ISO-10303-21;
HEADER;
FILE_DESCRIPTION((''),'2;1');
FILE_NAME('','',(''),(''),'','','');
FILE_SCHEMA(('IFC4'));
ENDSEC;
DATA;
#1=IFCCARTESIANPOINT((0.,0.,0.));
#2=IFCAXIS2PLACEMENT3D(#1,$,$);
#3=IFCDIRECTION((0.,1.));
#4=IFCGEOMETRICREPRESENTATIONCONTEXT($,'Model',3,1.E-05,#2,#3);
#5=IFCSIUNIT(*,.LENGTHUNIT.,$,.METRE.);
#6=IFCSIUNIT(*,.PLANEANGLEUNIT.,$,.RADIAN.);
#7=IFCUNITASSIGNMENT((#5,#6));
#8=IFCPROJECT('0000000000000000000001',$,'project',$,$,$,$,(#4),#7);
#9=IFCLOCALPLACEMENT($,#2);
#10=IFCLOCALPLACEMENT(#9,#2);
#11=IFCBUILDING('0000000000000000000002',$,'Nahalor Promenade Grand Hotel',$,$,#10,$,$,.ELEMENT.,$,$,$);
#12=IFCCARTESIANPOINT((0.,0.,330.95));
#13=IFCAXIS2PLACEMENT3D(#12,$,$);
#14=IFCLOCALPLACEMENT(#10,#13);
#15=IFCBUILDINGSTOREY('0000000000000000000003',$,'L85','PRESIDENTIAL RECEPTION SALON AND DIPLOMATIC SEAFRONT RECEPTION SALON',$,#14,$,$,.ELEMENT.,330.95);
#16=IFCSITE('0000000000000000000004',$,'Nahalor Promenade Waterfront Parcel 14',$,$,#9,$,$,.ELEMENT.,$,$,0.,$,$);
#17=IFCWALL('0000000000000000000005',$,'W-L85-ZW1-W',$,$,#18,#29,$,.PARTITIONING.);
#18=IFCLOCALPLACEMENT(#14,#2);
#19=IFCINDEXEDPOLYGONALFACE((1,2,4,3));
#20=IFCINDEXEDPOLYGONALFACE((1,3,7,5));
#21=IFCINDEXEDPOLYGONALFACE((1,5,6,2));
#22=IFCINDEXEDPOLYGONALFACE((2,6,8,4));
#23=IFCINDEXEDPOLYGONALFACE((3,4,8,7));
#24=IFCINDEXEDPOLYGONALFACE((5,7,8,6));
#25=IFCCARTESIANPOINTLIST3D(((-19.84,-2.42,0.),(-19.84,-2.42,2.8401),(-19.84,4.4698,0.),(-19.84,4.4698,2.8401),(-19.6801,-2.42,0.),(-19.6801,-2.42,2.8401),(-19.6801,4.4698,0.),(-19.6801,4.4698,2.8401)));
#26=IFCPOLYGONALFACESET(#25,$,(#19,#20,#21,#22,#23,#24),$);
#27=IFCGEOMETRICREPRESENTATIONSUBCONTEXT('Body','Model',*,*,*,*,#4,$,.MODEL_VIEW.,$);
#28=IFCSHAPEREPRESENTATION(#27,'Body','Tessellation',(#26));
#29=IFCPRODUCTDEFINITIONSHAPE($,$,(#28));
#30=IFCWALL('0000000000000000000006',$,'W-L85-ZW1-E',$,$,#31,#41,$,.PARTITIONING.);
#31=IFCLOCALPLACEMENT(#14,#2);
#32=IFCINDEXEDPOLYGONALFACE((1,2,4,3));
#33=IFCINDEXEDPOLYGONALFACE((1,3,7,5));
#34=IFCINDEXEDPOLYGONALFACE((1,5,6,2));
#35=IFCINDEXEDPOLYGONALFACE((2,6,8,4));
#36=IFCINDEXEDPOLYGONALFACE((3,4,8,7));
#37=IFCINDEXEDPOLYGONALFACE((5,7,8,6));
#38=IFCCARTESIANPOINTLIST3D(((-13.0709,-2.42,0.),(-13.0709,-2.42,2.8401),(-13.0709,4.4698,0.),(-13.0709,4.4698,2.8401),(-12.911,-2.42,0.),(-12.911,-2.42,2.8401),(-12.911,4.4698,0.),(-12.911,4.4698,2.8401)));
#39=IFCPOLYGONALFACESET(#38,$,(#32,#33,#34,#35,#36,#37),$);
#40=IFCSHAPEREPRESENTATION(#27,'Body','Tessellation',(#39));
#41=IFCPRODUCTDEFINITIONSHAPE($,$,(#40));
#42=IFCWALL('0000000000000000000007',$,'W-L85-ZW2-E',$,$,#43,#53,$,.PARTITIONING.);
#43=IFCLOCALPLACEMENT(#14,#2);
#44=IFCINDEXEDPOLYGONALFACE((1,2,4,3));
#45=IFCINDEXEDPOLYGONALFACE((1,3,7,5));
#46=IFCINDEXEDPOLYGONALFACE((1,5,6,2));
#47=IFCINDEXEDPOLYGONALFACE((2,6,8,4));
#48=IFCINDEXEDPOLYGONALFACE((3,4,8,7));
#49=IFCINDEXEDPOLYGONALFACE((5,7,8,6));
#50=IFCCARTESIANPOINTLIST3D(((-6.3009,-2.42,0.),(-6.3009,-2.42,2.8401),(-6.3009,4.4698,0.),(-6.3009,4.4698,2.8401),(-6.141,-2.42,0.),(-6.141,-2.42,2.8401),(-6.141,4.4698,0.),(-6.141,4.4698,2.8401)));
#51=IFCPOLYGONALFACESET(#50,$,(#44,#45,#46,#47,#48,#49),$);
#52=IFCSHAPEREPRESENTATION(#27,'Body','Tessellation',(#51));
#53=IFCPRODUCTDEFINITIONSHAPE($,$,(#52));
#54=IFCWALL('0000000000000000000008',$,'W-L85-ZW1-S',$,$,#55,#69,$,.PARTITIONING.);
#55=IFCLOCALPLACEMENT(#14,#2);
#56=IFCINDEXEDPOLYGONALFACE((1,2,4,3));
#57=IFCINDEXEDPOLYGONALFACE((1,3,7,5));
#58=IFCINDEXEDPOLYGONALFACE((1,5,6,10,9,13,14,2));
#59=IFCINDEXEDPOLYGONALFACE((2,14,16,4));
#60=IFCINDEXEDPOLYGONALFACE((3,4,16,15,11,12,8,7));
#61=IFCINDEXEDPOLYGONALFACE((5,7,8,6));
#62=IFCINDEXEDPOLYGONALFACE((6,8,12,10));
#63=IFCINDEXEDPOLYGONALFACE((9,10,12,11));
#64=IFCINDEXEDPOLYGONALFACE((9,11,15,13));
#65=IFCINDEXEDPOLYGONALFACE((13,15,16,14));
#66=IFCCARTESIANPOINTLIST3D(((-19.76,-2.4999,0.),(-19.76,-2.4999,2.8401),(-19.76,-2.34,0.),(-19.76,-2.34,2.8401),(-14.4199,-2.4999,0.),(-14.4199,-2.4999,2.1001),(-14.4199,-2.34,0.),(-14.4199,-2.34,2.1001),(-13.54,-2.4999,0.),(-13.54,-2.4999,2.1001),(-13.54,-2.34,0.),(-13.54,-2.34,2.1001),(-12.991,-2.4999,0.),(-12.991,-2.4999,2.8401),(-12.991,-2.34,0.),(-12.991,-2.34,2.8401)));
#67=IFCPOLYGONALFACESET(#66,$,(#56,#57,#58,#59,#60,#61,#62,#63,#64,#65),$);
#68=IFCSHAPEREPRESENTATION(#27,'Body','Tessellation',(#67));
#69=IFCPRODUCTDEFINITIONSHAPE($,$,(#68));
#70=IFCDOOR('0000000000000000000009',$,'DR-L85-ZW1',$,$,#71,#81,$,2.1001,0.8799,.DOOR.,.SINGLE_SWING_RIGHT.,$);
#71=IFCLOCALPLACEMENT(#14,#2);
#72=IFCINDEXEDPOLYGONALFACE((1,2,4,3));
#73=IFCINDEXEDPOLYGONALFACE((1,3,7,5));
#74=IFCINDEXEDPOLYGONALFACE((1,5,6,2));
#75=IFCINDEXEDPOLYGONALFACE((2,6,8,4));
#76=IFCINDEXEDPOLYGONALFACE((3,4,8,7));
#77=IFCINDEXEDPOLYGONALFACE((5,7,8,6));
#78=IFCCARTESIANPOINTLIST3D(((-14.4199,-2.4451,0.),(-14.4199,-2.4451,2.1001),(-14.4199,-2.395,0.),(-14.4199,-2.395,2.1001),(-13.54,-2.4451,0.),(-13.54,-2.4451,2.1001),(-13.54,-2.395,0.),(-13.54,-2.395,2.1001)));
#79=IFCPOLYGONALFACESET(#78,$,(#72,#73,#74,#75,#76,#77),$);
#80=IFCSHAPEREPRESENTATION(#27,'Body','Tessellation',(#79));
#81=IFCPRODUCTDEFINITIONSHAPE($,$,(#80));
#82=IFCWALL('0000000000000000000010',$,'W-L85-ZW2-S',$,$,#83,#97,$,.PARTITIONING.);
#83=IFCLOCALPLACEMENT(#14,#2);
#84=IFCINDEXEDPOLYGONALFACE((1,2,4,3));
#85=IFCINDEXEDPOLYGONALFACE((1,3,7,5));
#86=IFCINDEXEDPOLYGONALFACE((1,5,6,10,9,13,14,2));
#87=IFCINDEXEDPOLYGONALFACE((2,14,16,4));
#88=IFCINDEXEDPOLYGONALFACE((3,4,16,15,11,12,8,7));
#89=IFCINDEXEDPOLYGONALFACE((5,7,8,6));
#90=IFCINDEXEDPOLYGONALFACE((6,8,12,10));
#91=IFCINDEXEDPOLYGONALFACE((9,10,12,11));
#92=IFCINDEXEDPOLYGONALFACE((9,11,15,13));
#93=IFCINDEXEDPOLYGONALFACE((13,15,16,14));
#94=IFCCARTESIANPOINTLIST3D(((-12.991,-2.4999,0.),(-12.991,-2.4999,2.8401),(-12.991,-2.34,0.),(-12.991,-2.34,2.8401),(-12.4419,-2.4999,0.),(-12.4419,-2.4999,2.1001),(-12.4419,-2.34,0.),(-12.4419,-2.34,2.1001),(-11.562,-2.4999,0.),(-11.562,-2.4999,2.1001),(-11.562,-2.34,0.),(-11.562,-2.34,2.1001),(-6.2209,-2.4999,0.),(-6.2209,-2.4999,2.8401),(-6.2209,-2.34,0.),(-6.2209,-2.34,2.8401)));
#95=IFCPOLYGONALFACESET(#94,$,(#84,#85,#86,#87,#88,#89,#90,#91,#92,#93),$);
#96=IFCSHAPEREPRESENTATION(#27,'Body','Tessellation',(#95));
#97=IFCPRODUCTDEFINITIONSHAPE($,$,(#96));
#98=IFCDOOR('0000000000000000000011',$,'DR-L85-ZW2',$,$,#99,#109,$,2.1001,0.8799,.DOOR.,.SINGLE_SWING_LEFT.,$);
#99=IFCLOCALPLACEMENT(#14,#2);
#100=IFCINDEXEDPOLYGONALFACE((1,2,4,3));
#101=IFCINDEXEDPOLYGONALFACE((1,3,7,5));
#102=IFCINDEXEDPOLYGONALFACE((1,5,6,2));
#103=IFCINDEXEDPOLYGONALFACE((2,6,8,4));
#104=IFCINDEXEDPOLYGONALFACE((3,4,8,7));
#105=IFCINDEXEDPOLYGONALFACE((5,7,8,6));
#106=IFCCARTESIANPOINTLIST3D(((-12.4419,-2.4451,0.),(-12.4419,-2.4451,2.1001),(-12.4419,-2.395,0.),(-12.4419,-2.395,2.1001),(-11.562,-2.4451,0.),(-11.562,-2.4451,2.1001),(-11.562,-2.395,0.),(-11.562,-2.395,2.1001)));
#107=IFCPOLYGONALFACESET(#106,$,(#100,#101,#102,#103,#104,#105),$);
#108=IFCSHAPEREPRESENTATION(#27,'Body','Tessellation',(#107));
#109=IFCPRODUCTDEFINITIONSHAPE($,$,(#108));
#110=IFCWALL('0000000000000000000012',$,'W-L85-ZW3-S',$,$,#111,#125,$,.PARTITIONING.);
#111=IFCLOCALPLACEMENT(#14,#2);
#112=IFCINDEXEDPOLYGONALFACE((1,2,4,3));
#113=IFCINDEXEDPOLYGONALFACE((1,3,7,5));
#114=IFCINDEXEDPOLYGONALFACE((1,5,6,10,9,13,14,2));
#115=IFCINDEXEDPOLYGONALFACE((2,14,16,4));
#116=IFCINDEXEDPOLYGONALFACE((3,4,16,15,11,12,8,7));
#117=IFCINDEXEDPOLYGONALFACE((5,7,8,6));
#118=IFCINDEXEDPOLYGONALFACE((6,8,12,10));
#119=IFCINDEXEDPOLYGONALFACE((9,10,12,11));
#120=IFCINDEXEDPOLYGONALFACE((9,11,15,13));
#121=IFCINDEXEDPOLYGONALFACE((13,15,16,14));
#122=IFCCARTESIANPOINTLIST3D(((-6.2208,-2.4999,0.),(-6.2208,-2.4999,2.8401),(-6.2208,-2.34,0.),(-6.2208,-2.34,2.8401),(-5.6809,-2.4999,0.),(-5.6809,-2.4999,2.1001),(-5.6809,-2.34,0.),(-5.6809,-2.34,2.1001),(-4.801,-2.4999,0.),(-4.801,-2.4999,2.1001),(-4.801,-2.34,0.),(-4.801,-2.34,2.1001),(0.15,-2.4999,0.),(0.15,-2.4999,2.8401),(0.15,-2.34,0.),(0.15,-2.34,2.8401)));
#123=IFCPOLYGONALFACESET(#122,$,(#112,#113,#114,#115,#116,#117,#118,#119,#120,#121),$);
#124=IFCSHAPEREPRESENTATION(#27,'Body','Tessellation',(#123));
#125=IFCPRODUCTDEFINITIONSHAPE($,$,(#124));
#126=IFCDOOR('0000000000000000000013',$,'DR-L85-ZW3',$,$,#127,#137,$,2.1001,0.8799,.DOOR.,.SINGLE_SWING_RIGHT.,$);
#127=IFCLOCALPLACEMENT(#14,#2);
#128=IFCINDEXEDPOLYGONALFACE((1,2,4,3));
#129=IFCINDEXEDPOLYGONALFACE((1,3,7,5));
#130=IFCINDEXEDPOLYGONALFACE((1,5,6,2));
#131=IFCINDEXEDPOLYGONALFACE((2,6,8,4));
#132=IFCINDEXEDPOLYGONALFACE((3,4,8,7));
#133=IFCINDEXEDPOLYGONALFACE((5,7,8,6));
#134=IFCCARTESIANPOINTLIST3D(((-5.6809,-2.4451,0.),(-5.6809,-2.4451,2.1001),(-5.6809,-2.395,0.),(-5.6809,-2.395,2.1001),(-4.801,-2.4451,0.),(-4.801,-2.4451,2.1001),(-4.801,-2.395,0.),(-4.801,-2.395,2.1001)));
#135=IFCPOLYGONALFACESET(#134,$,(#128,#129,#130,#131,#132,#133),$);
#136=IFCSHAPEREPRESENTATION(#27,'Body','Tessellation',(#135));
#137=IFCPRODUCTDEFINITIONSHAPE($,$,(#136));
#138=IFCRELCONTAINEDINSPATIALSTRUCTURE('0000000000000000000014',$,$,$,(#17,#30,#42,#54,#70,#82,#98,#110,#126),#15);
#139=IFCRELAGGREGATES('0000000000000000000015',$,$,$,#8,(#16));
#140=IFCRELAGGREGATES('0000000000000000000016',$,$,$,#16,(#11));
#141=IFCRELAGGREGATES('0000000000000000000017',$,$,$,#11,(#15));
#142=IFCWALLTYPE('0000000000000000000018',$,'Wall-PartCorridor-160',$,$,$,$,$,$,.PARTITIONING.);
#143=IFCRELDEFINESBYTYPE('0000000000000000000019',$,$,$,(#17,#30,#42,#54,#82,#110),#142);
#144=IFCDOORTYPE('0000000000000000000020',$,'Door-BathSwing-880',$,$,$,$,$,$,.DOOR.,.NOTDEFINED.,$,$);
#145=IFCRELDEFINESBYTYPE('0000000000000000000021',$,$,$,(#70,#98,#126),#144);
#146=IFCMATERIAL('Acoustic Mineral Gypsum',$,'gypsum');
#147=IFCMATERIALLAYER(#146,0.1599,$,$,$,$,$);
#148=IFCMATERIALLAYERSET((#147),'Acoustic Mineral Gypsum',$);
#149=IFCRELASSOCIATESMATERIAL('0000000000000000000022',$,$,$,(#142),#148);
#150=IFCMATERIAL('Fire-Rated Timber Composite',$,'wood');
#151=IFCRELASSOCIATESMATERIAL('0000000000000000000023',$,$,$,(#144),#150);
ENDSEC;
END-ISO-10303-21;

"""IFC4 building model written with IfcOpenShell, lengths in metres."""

from ifc_helpers import new_model, si_unit, direction, frame, frame_2d, origin, place, context, subcontext, project, spatial, rectangle, extrude, source, transform, mapped, material, layer, layer_set, type_object, element, fill, save


model = new_model("IFC4")

# Units and contexts
model_context = context("Model", 3, precision=1e-05, world=origin(), true_north=direction((0.0, 1.0)))
body_context = subcontext(model_context, "Body", "Model", "MODEL_VIEW")
ifc_project = project(units=[si_unit("LENGTHUNIT", "METRE"), si_unit("PLANEANGLEUNIT", "RADIAN")], contexts=[model_context])

# Site, building, storey
site_placement = place(None, origin())
site = spatial("IfcSite", under=ifc_project, at=site_placement, Name="Nahalor Promenade Waterfront Parcel 14", CompositionType="ELEMENT", RefElevation=0.0)
building_placement = place(site_placement, origin())
building = spatial("IfcBuilding", under=site, at=building_placement, Name="Nahalor Promenade Grand Hotel", CompositionType="ELEMENT")
storey_placement = place(building_placement, frame((0.0, 0.0, 330.95)))
storey = spatial("IfcBuildingStorey", under=building, at=storey_placement, Name="L85", Description="PRESIDENTIAL RECEPTION SALON AND DIPLOMATIC SEAFRONT RECEPTION SALON", CompositionType="ELEMENT", Elevation=330.95)

# Shared definitions
ifc_material_1 = material(Name="Acoustic Mineral Gypsum", Category="gypsum")
ifc_layer_1 = layer(ifc_material_1, 0.1599)
ifc_layer_set_1 = layer_set([ifc_layer_1], Name="Acoustic Mineral Gypsum")
wall_type_1 = type_object("IfcWallType", Name="Wall-PartCorridor-160", PredefinedType="PARTITIONING", material=ifc_layer_set_1)
ifc_material_2 = material(Name="Fire-Rated Timber Composite", Category="wood")

# Walls
shared_shape_1 = source(origin(), body_context, "Body", "SweptSolid", [
    extrude(rectangle(XDim=6.8899, YDim=0.1599, at=frame_2d((3.4448, 0.0))), origin(), (0.0, 0.0, 1.0), 2.8401),
])
for number, where, z_axis, x_axis, name in (
    (1, (-19.76, -2.4199, 0.0), (0.0, 0.0, 1.0), (0.0, 1.0, 0.0), "W-L85-ZW1-W"),
    (2, (-12.991, -2.4199, 0.0), (0.0, 0.0, 1.0), (0.0, 1.0, 0.0), "W-L85-ZW1-E"),
    (3, (-6.2209, -2.4199, 0.0), (0.0, 0.0, 1.0), (0.0, 1.0, 0.0), "W-L85-ZW2-E"),
):
    element("IfcWall", number, at=place(storey_placement, frame(where, z_axis=z_axis, x_axis=x_axis)), inside=storey, type_object=wall_type_1, Name=name, PredefinedType="PARTITIONING", context=body_context, shape_type="MappedRepresentation", body=[
        mapped(shared_shape_1, transform((0.0, 0.0, 0.0), scale=1.0)),
    ])

# Walls, openings, doors
shared_shape_2 = source(origin(), body_context, "Body", "SweptSolid", [
    extrude(rectangle(XDim=6.769, YDim=0.1599, at=frame_2d((3.3845, 0.0))), origin(), (0.0, 0.0, 1.0), 2.8401),
])
wall_1_placement = place(storey_placement, frame((-19.76, -2.4199, 0.0), z_axis=(0.0, 0.0, 1.0), x_axis=(1.0, 0.0, 0.0)))
wall_1 = element("IfcWall", 4, at=wall_1_placement, inside=storey, type_object=wall_type_1, Name="W-L85-ZW1-S", PredefinedType="PARTITIONING", context=body_context, shape_type="MappedRepresentation", body=[
    mapped(shared_shape_2, transform((0.0, 0.0, 0.0), scale=1.0)),
])
opening_1_placement = place(wall_1_placement, frame((5.3401, 0.0, 0.0)))
opening_1 = element("IfcOpeningElement", 5, at=opening_1_placement, cuts=wall_1, PredefinedType="OPENING", context=body_context, shape_type="SweptSolid", body=[
    extrude(rectangle(XDim=0.8799, YDim=2.1001, at=frame_2d((0.4399, 1.05))), frame((0.0, 0.0898, 0.0), z_axis=(0.0, -1.0, 0.0), x_axis=(1.0, 0.0, 0.0)), (0.0, 0.0, 1.0), 0.1799),
])
door_type_1 = type_object("IfcDoorType", Name="Door-BathSwing-880", OperationType="NOTDEFINED", PredefinedType="DOOR", material=ifc_material_2)
shared_shape_3 = source(origin(), body_context, "Body", "SweptSolid", [
    extrude(rectangle(XDim=0.8799, YDim=2.1001, at=frame_2d((0.4399, 1.05))), frame((0.0, 0.0249, 0.0), z_axis=(0.0, -1.0, 0.0), x_axis=(1.0, 0.0, 0.0)), (0.0, 0.0, 1.0), 0.05),
])
door_1_placement = place(opening_1_placement, origin())
door_1 = element("IfcDoor", 6, at=door_1_placement, inside=storey, type_object=door_type_1, Name="DR-L85-ZW1", OperationType="SINGLE_SWING_RIGHT", OverallHeight=2.1001, OverallWidth=0.8799, PredefinedType="DOOR", context=body_context, shape_type="MappedRepresentation", body=[
    mapped(shared_shape_3, transform((0.0, 0.0, 0.0), scale=1.0)),
])
fill(opening_1, door_1)
shared_shape_4 = source(origin(), body_context, "Body", "SweptSolid", [
    extrude(rectangle(XDim=6.77, YDim=0.1599, at=frame_2d((3.385, 0.0))), origin(), (0.0, 0.0, 1.0), 2.8401),
])
wall_2_placement = place(storey_placement, frame((-12.991, -2.4199, 0.0), z_axis=(0.0, 0.0, 1.0), x_axis=(1.0, 0.0, 0.0)))
wall_2 = element("IfcWall", 7, at=wall_2_placement, inside=storey, type_object=wall_type_1, Name="W-L85-ZW2-S", PredefinedType="PARTITIONING", context=body_context, shape_type="MappedRepresentation", body=[
    mapped(shared_shape_4, transform((0.0, 0.0, 0.0), scale=1.0)),
])
opening_2_placement = place(wall_2_placement, frame((0.5491, 0.0, 0.0)))
opening_2 = element("IfcOpeningElement", 8, at=opening_2_placement, cuts=wall_2, PredefinedType="OPENING", context=body_context, shape_type="SweptSolid", body=[
    extrude(rectangle(XDim=0.8799, YDim=2.1001, at=frame_2d((0.4399, 1.05))), frame((0.0, 0.0898, 0.0), z_axis=(0.0, -1.0, 0.0), x_axis=(1.0, 0.0, 0.0)), (0.0, 0.0, 1.0), 0.1799),
])
door_2_placement = place(opening_2_placement, origin())
door_2 = element("IfcDoor", 9, at=door_2_placement, inside=storey, type_object=door_type_1, Name="DR-L85-ZW2", OperationType="SINGLE_SWING_LEFT", OverallHeight=2.1001, OverallWidth=0.8799, PredefinedType="DOOR", context=body_context, shape_type="MappedRepresentation", body=[
    mapped(shared_shape_3, transform((0.0, 0.0, 0.0), scale=1.0)),
])
fill(opening_2, door_2)
shared_shape_5 = source(origin(), body_context, "Body", "SweptSolid", [
    extrude(rectangle(XDim=6.3708, YDim=0.1599, at=frame_2d((3.1855, 0.0))), origin(), (0.0, 0.0, 1.0), 2.8401),
])
wall_3_placement = place(storey_placement, frame((-6.2209, -2.4199, 0.0), z_axis=(0.0, 0.0, 1.0), x_axis=(1.0, 0.0, 0.0)))
wall_3 = element("IfcWall", 10, at=wall_3_placement, inside=storey, type_object=wall_type_1, Name="W-L85-ZW3-S", PredefinedType="PARTITIONING", context=body_context, shape_type="MappedRepresentation", body=[
    mapped(shared_shape_5, transform((0.0, 0.0, 0.0), scale=1.0)),
])
opening_3_placement = place(wall_3_placement, frame((0.54, 0.0, 0.0)))
opening_3 = element("IfcOpeningElement", 11, at=opening_3_placement, cuts=wall_3, PredefinedType="OPENING", context=body_context, shape_type="SweptSolid", body=[
    extrude(rectangle(XDim=0.8799, YDim=2.1001, at=frame_2d((0.4399, 1.05))), frame((0.0, 0.0898, 0.0), z_axis=(0.0, -1.0, 0.0), x_axis=(1.0, 0.0, 0.0)), (0.0, 0.0, 1.0), 0.1799),
])
door_3_placement = place(opening_3_placement, origin())
door_3 = element("IfcDoor", 12, at=door_3_placement, inside=storey, type_object=door_type_1, Name="DR-L85-ZW3", OperationType="SINGLE_SWING_RIGHT", OverallHeight=2.1001, OverallWidth=0.8799, PredefinedType="DOOR", context=body_context, shape_type="MappedRepresentation", body=[
    mapped(shared_shape_3, transform((0.0, 0.0, 0.0), scale=1.0)),
])
fill(opening_3, door_3)

save(model, "model.ifc")
